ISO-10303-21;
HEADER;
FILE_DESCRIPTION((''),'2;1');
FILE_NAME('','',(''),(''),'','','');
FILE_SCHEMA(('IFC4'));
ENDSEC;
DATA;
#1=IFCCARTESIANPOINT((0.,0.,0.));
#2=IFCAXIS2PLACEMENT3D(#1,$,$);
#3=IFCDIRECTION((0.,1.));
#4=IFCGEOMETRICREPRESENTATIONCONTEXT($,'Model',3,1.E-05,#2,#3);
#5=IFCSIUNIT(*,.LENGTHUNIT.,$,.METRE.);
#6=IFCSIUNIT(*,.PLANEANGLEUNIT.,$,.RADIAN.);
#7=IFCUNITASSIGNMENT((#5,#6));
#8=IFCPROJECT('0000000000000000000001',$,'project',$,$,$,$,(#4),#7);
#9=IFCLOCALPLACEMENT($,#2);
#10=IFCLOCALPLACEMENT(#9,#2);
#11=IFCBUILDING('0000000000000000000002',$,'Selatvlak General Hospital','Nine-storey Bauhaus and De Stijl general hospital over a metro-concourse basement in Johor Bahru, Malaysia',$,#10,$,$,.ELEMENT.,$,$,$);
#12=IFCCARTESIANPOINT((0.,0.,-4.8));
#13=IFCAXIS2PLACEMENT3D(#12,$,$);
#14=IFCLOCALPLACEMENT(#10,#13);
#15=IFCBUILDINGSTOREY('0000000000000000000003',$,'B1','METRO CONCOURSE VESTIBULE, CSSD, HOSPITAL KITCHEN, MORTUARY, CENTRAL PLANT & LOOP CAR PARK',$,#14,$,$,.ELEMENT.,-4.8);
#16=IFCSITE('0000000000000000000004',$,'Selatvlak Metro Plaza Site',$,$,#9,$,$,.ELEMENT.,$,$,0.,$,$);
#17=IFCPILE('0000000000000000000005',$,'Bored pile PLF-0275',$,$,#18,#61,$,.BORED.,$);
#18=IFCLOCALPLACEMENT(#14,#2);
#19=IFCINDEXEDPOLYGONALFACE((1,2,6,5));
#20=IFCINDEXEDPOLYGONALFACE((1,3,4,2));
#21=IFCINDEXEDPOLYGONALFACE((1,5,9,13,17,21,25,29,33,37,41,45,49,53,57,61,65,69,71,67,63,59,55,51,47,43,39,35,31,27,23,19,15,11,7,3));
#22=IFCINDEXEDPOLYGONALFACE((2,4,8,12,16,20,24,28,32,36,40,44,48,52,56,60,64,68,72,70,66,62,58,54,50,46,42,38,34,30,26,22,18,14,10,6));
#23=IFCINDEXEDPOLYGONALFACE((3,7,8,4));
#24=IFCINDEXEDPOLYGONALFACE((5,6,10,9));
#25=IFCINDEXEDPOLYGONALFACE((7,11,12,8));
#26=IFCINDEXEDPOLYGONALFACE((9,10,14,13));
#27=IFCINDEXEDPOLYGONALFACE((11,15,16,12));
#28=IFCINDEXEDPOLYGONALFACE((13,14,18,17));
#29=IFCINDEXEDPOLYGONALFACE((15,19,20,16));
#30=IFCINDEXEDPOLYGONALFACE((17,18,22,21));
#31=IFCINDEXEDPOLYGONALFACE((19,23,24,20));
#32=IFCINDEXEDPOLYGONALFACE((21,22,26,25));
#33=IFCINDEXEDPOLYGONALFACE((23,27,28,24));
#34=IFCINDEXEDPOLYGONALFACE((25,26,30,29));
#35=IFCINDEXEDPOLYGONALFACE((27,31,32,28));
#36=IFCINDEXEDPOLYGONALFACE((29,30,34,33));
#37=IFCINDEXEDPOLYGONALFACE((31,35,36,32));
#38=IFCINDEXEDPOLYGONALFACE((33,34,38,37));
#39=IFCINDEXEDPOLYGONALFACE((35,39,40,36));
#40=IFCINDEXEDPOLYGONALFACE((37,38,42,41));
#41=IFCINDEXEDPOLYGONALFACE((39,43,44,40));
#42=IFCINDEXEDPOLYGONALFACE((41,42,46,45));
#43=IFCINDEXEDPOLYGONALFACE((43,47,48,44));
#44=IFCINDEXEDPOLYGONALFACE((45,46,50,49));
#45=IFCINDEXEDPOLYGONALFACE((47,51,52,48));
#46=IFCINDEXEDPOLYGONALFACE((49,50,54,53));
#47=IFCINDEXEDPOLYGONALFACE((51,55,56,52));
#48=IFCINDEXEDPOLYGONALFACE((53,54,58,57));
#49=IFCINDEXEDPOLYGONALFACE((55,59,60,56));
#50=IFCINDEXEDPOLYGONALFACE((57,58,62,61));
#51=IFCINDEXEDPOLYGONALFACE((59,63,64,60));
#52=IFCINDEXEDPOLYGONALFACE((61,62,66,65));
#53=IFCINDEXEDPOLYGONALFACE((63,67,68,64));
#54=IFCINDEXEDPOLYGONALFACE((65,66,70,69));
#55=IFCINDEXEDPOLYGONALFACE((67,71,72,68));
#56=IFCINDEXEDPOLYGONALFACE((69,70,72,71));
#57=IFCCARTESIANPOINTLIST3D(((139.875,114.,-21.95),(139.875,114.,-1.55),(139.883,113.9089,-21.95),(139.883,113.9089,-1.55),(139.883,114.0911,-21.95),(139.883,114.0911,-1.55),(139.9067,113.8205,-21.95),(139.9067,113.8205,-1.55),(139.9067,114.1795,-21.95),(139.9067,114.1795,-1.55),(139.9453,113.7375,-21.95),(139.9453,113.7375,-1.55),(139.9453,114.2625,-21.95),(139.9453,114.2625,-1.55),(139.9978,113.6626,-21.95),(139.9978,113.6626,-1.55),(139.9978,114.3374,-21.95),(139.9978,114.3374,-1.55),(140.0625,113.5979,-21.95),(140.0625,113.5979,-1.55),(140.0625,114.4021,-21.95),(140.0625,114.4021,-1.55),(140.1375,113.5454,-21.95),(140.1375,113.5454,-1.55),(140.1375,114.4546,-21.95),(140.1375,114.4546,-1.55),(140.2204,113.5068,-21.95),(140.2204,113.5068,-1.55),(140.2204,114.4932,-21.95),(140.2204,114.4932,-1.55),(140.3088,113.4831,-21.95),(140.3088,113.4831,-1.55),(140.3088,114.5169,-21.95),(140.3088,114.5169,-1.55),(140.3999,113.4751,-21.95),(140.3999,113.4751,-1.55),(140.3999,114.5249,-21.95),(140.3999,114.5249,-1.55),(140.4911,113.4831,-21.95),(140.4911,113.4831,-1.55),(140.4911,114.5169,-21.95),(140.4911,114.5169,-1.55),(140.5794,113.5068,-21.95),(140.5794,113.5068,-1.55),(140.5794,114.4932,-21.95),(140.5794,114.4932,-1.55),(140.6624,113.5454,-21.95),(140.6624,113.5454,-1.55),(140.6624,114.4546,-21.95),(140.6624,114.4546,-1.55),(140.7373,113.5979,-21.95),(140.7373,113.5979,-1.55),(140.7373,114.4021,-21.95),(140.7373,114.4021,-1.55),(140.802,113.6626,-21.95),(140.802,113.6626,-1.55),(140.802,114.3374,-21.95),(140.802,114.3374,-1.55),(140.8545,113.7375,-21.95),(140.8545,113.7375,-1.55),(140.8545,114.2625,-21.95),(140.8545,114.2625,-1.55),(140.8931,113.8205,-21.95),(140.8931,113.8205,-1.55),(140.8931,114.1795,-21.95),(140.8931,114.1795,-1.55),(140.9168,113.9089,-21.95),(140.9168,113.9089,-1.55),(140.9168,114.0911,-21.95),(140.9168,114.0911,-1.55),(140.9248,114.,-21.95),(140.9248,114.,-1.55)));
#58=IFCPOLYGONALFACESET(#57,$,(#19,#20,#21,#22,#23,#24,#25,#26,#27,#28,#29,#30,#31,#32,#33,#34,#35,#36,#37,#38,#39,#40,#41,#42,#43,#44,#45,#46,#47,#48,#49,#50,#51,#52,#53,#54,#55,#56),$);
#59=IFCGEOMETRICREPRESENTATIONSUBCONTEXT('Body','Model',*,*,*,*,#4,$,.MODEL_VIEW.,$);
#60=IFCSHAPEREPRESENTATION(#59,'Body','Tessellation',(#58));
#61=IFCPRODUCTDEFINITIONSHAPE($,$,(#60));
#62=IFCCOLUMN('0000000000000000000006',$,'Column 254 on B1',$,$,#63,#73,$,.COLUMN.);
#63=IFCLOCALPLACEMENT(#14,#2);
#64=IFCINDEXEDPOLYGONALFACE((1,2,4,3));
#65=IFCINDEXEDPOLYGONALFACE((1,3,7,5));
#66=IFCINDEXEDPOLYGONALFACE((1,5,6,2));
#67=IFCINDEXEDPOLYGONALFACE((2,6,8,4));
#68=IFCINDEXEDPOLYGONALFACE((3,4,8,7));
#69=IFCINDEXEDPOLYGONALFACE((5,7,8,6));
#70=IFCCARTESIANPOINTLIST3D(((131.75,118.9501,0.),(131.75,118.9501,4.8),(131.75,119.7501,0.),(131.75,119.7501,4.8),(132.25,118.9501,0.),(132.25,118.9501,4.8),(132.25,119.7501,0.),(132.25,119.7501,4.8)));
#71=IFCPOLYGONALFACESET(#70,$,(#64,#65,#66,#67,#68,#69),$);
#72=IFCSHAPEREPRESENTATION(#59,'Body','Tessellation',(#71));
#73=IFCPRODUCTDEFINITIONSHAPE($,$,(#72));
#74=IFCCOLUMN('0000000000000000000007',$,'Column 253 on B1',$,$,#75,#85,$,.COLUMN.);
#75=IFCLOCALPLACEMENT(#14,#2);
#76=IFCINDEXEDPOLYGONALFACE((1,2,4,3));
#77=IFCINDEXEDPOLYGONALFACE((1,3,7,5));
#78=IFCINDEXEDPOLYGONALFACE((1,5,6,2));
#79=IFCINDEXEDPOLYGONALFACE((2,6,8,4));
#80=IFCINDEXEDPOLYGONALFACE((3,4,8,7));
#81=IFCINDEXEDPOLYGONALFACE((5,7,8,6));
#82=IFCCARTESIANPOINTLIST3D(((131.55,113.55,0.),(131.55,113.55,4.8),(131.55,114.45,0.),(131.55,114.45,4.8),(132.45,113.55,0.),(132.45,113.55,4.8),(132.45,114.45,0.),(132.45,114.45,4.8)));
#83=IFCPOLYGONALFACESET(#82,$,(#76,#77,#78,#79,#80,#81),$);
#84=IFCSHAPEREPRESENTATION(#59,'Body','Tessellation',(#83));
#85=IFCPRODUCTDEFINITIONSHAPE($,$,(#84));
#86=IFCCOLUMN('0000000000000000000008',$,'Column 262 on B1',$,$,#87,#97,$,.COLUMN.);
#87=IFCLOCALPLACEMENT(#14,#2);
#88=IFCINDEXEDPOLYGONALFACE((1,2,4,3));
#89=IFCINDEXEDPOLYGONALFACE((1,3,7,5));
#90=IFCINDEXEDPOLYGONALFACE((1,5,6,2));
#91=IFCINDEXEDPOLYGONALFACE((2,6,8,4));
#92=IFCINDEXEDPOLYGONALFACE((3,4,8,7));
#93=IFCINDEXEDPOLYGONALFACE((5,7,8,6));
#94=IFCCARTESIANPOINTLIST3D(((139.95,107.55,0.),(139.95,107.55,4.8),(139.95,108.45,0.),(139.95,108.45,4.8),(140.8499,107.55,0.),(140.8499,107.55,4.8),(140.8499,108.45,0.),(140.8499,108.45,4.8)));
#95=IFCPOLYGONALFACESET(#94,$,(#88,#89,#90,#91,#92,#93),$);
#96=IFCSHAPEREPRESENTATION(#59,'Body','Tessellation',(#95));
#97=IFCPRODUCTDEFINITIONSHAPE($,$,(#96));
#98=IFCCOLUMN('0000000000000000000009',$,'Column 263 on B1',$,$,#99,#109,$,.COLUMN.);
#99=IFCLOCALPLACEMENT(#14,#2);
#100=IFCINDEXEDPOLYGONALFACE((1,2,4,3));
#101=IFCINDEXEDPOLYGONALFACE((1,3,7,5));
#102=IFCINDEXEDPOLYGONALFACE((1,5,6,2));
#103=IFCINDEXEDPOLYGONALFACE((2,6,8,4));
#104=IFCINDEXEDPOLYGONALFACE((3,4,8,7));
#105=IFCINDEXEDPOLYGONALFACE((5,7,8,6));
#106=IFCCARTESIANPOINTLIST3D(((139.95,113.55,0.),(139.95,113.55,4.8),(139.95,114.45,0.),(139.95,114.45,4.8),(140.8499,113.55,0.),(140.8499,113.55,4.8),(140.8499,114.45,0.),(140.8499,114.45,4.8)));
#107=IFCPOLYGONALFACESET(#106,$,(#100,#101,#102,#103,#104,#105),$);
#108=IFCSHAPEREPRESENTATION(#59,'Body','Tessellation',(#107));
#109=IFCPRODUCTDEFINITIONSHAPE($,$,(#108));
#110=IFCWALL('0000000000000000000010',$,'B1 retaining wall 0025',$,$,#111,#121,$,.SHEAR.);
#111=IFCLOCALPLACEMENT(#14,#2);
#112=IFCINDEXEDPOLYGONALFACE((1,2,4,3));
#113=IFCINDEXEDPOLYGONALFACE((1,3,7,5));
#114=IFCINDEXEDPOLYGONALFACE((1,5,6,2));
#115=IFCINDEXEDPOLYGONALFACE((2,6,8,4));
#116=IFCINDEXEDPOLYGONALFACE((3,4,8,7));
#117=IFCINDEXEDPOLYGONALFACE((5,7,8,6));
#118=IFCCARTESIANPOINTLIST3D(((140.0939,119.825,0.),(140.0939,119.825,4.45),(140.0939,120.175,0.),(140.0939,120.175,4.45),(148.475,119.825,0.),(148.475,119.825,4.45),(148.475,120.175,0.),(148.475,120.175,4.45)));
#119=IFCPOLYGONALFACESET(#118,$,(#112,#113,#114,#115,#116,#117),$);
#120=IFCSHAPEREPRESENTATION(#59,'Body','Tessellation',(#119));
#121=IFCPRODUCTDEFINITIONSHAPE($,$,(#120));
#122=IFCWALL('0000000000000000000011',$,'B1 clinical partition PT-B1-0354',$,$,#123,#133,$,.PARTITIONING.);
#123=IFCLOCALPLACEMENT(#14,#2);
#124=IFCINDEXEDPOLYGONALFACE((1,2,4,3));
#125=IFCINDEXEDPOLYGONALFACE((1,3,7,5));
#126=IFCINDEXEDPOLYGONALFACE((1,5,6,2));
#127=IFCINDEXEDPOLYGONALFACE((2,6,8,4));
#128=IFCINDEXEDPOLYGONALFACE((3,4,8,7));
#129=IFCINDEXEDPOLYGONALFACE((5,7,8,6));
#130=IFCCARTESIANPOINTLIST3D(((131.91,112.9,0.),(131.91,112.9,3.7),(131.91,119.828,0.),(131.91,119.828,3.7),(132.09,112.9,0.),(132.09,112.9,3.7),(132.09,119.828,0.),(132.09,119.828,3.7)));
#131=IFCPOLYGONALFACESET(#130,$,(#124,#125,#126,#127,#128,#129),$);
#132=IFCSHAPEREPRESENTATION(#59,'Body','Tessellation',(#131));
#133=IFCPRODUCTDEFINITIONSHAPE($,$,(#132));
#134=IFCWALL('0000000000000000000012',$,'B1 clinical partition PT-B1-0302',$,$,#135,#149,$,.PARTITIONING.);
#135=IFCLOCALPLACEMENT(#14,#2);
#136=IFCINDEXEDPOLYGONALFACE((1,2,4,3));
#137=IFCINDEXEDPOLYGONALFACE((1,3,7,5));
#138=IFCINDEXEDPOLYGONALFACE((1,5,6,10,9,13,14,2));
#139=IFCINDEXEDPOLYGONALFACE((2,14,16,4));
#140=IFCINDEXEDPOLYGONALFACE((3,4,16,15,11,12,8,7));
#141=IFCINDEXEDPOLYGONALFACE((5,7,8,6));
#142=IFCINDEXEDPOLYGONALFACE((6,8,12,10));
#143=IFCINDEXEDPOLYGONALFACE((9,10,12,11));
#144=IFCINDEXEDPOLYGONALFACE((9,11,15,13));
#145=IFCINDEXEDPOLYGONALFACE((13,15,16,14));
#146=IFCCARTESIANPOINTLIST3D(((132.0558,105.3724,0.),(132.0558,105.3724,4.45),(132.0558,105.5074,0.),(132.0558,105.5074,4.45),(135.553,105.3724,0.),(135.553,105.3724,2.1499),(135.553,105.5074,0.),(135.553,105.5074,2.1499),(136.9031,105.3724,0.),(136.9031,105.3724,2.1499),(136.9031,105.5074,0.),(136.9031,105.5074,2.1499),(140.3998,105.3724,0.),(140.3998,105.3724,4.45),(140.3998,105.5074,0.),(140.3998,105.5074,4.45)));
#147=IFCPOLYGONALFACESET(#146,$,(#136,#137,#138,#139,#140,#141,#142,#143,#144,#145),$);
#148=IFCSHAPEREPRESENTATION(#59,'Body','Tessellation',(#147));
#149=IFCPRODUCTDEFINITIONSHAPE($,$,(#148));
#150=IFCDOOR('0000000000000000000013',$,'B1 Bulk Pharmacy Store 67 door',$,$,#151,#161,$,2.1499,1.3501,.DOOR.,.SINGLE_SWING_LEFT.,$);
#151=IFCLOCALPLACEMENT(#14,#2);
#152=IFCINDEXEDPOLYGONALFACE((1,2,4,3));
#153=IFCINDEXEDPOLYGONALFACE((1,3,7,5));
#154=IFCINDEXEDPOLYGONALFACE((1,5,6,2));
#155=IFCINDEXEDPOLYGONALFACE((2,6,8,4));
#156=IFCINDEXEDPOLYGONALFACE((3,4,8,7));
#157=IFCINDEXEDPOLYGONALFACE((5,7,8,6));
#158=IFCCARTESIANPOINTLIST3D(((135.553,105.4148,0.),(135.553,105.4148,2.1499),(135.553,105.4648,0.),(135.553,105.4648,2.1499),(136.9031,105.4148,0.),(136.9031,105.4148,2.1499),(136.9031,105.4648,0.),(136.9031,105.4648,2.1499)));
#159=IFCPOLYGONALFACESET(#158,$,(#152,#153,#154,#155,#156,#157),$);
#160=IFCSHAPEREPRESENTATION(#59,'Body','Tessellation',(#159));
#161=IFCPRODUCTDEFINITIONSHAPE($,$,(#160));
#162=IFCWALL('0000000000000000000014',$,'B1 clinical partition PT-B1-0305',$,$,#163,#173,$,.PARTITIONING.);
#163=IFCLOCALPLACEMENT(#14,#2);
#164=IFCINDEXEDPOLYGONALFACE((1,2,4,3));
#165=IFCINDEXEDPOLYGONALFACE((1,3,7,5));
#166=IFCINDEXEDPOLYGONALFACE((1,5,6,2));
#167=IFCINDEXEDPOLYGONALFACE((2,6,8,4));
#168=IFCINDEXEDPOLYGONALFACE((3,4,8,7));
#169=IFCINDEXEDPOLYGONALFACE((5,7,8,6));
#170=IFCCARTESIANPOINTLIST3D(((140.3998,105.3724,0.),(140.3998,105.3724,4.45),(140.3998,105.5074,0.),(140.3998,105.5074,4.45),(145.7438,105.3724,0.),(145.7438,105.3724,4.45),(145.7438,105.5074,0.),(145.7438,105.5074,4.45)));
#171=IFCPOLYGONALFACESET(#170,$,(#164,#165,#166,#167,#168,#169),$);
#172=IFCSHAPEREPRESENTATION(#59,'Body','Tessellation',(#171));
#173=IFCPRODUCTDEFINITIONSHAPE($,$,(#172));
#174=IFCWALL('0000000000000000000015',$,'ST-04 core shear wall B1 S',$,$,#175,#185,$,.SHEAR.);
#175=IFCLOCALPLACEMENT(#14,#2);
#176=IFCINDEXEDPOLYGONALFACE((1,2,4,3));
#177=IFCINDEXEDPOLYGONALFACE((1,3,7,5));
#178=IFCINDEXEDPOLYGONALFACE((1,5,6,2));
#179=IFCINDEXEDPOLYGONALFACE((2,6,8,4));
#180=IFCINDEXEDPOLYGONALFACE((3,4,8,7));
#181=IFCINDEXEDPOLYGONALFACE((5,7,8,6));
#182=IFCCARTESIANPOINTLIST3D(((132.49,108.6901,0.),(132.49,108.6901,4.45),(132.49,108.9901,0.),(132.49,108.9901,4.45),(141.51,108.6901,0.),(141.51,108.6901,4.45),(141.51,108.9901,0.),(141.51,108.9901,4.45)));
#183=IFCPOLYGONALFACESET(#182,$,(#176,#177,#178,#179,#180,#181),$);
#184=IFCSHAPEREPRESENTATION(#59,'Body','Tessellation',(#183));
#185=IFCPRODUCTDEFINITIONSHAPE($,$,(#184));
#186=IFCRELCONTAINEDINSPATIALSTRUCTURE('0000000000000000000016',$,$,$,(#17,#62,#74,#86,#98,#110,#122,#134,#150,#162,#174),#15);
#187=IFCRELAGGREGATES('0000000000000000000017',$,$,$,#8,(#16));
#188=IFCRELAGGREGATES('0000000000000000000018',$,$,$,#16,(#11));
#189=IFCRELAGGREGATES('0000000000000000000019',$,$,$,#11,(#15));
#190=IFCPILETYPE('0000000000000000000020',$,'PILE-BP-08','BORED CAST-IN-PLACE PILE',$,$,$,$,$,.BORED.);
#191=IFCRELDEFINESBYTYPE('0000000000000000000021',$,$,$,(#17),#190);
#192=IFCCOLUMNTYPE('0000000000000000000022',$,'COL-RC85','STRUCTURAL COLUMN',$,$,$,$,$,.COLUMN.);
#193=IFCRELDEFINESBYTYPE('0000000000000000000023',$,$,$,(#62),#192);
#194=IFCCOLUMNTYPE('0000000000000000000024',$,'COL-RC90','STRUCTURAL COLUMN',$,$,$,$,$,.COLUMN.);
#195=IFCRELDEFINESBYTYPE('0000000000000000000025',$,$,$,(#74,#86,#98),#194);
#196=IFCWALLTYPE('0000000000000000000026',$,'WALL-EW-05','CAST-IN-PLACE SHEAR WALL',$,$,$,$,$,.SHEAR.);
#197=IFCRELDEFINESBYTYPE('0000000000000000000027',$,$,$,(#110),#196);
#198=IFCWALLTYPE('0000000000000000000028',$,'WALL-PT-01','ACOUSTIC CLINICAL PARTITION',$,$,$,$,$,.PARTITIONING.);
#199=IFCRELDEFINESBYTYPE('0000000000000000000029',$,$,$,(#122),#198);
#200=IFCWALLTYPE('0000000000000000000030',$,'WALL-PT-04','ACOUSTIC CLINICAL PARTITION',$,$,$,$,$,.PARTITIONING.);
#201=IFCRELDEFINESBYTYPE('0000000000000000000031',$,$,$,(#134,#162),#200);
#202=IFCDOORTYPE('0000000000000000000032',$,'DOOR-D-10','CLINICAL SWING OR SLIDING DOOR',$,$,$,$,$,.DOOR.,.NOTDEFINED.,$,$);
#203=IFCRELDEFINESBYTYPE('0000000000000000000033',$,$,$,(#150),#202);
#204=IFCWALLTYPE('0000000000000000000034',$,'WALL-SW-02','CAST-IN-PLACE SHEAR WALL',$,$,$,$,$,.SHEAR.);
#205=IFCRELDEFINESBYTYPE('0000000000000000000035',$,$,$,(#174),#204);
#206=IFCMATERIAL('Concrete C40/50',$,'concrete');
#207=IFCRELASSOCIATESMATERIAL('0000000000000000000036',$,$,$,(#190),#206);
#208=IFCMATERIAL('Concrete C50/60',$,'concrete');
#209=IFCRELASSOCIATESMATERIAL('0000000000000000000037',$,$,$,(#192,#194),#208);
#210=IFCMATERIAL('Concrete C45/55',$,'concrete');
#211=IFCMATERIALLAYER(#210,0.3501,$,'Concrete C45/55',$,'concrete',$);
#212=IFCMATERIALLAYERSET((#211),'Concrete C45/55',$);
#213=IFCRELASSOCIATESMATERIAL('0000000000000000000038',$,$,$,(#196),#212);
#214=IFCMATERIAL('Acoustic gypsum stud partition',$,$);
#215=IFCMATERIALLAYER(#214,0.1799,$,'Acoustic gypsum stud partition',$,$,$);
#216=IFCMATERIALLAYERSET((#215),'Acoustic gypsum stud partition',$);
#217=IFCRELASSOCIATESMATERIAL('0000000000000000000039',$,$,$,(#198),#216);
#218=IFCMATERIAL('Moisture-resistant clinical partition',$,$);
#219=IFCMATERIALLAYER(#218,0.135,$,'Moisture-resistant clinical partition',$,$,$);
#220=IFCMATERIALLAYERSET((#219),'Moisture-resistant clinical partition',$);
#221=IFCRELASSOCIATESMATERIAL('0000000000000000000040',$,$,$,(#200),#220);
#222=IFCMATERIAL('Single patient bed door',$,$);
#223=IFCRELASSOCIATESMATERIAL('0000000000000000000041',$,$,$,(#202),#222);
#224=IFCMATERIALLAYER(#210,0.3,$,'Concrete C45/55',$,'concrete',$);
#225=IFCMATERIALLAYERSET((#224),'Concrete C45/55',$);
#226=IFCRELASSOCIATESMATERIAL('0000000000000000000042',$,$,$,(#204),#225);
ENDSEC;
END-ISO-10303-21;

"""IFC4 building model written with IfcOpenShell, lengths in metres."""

from ifc_helpers import new_model, si_unit, direction, frame, frame_2d, origin, origin_2d, place, context, subcontext, project, spatial, rectangle, circle, extrude, material, layer, layer_set, material_profile, profile_set, type_object, element, fill, save


model = new_model("IFC4")

# Units and contexts
model_context = context("Model", 3, precision=1e-05, world=origin(), true_north=direction((0.0, 1.0)))
body_context = subcontext(model_context, "Body", "Model", "MODEL_VIEW")
ifc_project = project(units=[si_unit("LENGTHUNIT", "METRE"), si_unit("PLANEANGLEUNIT", "RADIAN")], contexts=[model_context])

# Site, building, storey
site_placement = place(None, origin())
site = spatial("IfcSite", under=ifc_project, at=site_placement, Name="Selatvlak Metro Plaza Site", CompositionType="ELEMENT", RefElevation=0.0)
building_placement = place(site_placement, origin())
building = spatial("IfcBuilding", under=site, at=building_placement, Name="Selatvlak General Hospital", Description="Nine-storey Bauhaus and De Stijl general hospital over a metro-concourse basement in Johor Bahru, Malaysia", CompositionType="ELEMENT")
storey_placement = place(building_placement, frame((0.0, 0.0, -4.8)))
storey = spatial("IfcBuildingStorey", under=building, at=storey_placement, Name="B1", Description="METRO CONCOURSE VESTIBULE, CSSD, HOSPITAL KITCHEN, MORTUARY, CENTRAL PLANT & LOOP CAR PARK", CompositionType="ELEMENT", Elevation=-4.8)

# Shared definitions
ifc_material_1 = material(Name="Concrete C40/50", Category="concrete")

# Pile
ifc_material_profile_1 = material_profile(ifc_material_1, circle(Radius=0.5249, at=origin_2d()), Name="BORED PILE 1050")
ifc_profile_set_1 = profile_set([ifc_material_profile_1], Name="Concrete C40/50")
pile_type_1 = type_object("IfcPileType", Name="PILE-BP-08", Description="BORED CAST-IN-PLACE PILE", PredefinedType="BORED", material=ifc_profile_set_1)
pile_1_placement = place(storey_placement, frame((140.3999, 114.0, -1.55), z_axis=(0.0, 0.0, -1.0), x_axis=(1.0, 0.0, 0.0)))
element("IfcPile", 1, at=pile_1_placement, inside=storey, type_object=pile_type_1, Name="Bored pile PLF-0275", PredefinedType="BORED", context=body_context, shape_type="SweptSolid", body=[
    extrude(circle(Radius=0.5249, at=origin_2d()), origin(), (0.0, 0.0, 1.0), 20.3999),
])

# Columns
ifc_material_2 = material(Name="Concrete C50/60", Category="concrete")
ifc_material_profile_2 = material_profile(ifc_material_2, rectangle(XDim=0.5, YDim=0.8, at=origin_2d()), Name="RC-COL 800x500")
ifc_profile_set_2 = profile_set([ifc_material_profile_2], Name="Concrete C50/60")
column_type_1 = type_object("IfcColumnType", Name="COL-RC85", Description="STRUCTURAL COLUMN", PredefinedType="COLUMN", material=ifc_profile_set_2)
column_placement = place(storey_placement, frame((132.0, 119.3501, 0.0), z_axis=(0.0, 0.0, 1.0), x_axis=(1.0, 0.0, 0.0)))
element("IfcColumn", 2, at=column_placement, inside=storey, type_object=column_type_1, Name="Column 254 on B1", PredefinedType="COLUMN", context=body_context, shape_type="SweptSolid", body=[
    extrude(rectangle(XDim=0.5, YDim=0.8, at=origin_2d()), origin(), (0.0, 0.0, 1.0), 4.8),
])
ifc_material_profile_3 = material_profile(ifc_material_2, rectangle(XDim=0.8999, YDim=0.8999, at=origin_2d()), Name="RC-COL 900x900")
ifc_profile_set_3 = profile_set([ifc_material_profile_3], Name="Concrete C50/60")
column_type_2 = type_object("IfcColumnType", Name="COL-RC90", Description="STRUCTURAL COLUMN", PredefinedType="COLUMN", material=ifc_profile_set_3)
for number, where, z_axis, x_axis, name in (
    (3, (132.0, 114.0, 0.0), (0.0, 0.0, 1.0), (1.0, 0.0, 0.0), "Column 253 on B1"),
    (4, (140.3999, 108.0, 0.0), (0.0, 0.0, 1.0), (1.0, 0.0, 0.0), "Column 262 on B1"),
    (5, (140.3999, 114.0, 0.0), (0.0, 0.0, 1.0), (1.0, 0.0, 0.0), "Column 263 on B1"),
):
    element("IfcColumn", number, at=place(storey_placement, frame(where, z_axis=z_axis, x_axis=x_axis)), inside=storey, type_object=column_type_2, Name=name, PredefinedType="COLUMN", context=body_context, shape_type="SweptSolid", body=[
        extrude(rectangle(XDim=0.8999, YDim=0.8999, at=origin_2d()), origin(), (0.0, 0.0, 1.0), 4.8),
    ])

# Walls
ifc_material_3 = material(Name="Concrete C45/55", Category="concrete")
ifc_layer_1 = layer(ifc_material_3, 0.3501, Name="Concrete C45/55", Category="concrete")
ifc_layer_set_1 = layer_set([ifc_layer_1], Name="Concrete C45/55")
wall_type_1 = type_object("IfcWallType", Name="WALL-EW-05", Description="CAST-IN-PLACE SHEAR WALL", PredefinedType="SHEAR", material=ifc_layer_set_1)
wall_1_placement = place(storey_placement, frame((140.094, 120.0, 0.0), z_axis=(0.0, 0.0, 1.0), x_axis=(1.0, 0.0, 0.0)))
element("IfcWall", 6, at=wall_1_placement, inside=storey, type_object=wall_type_1, Name="B1 retaining wall 0025", PredefinedType="SHEAR", context=body_context, shape_type="SweptSolid", body=[
    extrude(rectangle(XDim=8.3811, YDim=0.3501, at=frame_2d((4.1904, 0.0))), origin(), (0.0, 0.0, 1.0), 4.45),
])
ifc_material_4 = material(Name="Acoustic gypsum stud partition")
ifc_layer_2 = layer(ifc_material_4, 0.1799, Name="Acoustic gypsum stud partition")
ifc_layer_set_2 = layer_set([ifc_layer_2], Name="Acoustic gypsum stud partition")
wall_type_2 = type_object("IfcWallType", Name="WALL-PT-01", Description="ACOUSTIC CLINICAL PARTITION", PredefinedType="PARTITIONING", material=ifc_layer_set_2)
wall_2_placement = place(storey_placement, frame((132.0, 119.8279, 0.0), z_axis=(0.0, 0.0, 1.0), x_axis=(0.0, -1.0, 0.0)))
element("IfcWall", 7, at=wall_2_placement, inside=storey, type_object=wall_type_2, Name="B1 clinical partition PT-B1-0354", PredefinedType="PARTITIONING", context=body_context, shape_type="SweptSolid", body=[
    extrude(rectangle(XDim=6.928, YDim=0.1799, at=frame_2d((3.4639, 0.0))), origin(), (0.0, 0.0, 1.0), 3.7),
])

# Wall, opening, door
ifc_material_5 = material(Name="Moisture-resistant clinical partition")
ifc_layer_3 = layer(ifc_material_5, 0.135, Name="Moisture-resistant clinical partition")
ifc_layer_set_3 = layer_set([ifc_layer_3], Name="Moisture-resistant clinical partition")
wall_type_3 = type_object("IfcWallType", Name="WALL-PT-04", Description="ACOUSTIC CLINICAL PARTITION", PredefinedType="PARTITIONING", material=ifc_layer_set_3)
wall_3_placement = place(storey_placement, frame((132.0559, 105.4399, 0.0), z_axis=(0.0, 0.0, 1.0), x_axis=(1.0, 0.0, 0.0)))
wall_3 = element("IfcWall", 8, at=wall_3_placement, inside=storey, type_object=wall_type_3, Name="B1 clinical partition PT-B1-0302", PredefinedType="PARTITIONING", context=body_context, shape_type="SweptSolid", body=[
    extrude(rectangle(XDim=8.344, YDim=0.135, at=frame_2d((4.1719, 0.0))), origin(), (0.0, 0.0, 1.0), 4.45),
])
opening_1_placement = place(wall_3_placement, frame((3.4971, 0.0, 0.0)))
opening_1 = element("IfcOpeningElement", 9, at=opening_1_placement, cuts=wall_3, PredefinedType="OPENING", context=body_context, shape_type="SweptSolid", body=[
    extrude(rectangle(XDim=1.3501, YDim=2.1499, at=frame_2d((0.675, 1.075))), frame((0.0, 0.0774, 0.0), z_axis=(0.0, -1.0, 0.0), x_axis=(1.0, 0.0, 0.0)), (0.0, 0.0, 1.0), 0.155),
])
ifc_material_6 = material(Name="Single patient bed door")
door_type_1 = type_object("IfcDoorType", Name="DOOR-D-10", Description="CLINICAL SWING OR SLIDING DOOR", OperationType="NOTDEFINED", PredefinedType="DOOR", material=ifc_material_6)
door_1_placement = place(opening_1_placement, origin())
door_1 = element("IfcDoor", 10, at=door_1_placement, inside=storey, type_object=door_type_1, Name="B1 Bulk Pharmacy Store 67 door", OperationType="SINGLE_SWING_LEFT", OverallHeight=2.1499, OverallWidth=1.3501, PredefinedType="DOOR", context=body_context, shape_type="SweptSolid", body=[
    extrude(rectangle(XDim=1.3501, YDim=2.1499, at=frame_2d((0.675, 1.075))), frame((0.0, 0.0249, 0.0), z_axis=(0.0, -1.0, 0.0), x_axis=(1.0, 0.0, 0.0)), (0.0, 0.0, 1.0), 0.05),
])
fill(opening_1, door_1)

# Walls
wall_4_placement = place(storey_placement, frame((140.3999, 105.4399, 0.0), z_axis=(0.0, 0.0, 1.0), x_axis=(1.0, 0.0, 0.0)))
element("IfcWall", 11, at=wall_4_placement, inside=storey, type_object=wall_type_3, Name="B1 clinical partition PT-B1-0305", PredefinedType="PARTITIONING", context=body_context, shape_type="SweptSolid", body=[
    extrude(rectangle(XDim=5.344, YDim=0.135, at=frame_2d((2.6719, 0.0))), origin(), (0.0, 0.0, 1.0), 4.45),
])
ifc_layer_4 = layer(ifc_material_3, 0.3, Name="Concrete C45/55", Category="concrete")
ifc_layer_set_4 = layer_set([ifc_layer_4], Name="Concrete C45/55")
wall_type_4 = type_object("IfcWallType", Name="WALL-SW-02", Description="CAST-IN-PLACE SHEAR WALL", PredefinedType="SHEAR", material=ifc_layer_set_4)
wall_5_placement = place(storey_placement, frame((132.49, 108.8401, 0.0), z_axis=(0.0, 0.0, 1.0), x_axis=(1.0, 0.0, 0.0)))
element("IfcWall", 12, at=wall_5_placement, inside=storey, type_object=wall_type_4, Name="ST-04 core shear wall B1 S", PredefinedType="SHEAR", context=body_context, shape_type="SweptSolid", body=[
    extrude(rectangle(XDim=9.02, YDim=0.3, at=frame_2d((4.51, 0.0))), origin(), (0.0, 0.0, 1.0), 4.45),
])

save(model, "model.ifc")
